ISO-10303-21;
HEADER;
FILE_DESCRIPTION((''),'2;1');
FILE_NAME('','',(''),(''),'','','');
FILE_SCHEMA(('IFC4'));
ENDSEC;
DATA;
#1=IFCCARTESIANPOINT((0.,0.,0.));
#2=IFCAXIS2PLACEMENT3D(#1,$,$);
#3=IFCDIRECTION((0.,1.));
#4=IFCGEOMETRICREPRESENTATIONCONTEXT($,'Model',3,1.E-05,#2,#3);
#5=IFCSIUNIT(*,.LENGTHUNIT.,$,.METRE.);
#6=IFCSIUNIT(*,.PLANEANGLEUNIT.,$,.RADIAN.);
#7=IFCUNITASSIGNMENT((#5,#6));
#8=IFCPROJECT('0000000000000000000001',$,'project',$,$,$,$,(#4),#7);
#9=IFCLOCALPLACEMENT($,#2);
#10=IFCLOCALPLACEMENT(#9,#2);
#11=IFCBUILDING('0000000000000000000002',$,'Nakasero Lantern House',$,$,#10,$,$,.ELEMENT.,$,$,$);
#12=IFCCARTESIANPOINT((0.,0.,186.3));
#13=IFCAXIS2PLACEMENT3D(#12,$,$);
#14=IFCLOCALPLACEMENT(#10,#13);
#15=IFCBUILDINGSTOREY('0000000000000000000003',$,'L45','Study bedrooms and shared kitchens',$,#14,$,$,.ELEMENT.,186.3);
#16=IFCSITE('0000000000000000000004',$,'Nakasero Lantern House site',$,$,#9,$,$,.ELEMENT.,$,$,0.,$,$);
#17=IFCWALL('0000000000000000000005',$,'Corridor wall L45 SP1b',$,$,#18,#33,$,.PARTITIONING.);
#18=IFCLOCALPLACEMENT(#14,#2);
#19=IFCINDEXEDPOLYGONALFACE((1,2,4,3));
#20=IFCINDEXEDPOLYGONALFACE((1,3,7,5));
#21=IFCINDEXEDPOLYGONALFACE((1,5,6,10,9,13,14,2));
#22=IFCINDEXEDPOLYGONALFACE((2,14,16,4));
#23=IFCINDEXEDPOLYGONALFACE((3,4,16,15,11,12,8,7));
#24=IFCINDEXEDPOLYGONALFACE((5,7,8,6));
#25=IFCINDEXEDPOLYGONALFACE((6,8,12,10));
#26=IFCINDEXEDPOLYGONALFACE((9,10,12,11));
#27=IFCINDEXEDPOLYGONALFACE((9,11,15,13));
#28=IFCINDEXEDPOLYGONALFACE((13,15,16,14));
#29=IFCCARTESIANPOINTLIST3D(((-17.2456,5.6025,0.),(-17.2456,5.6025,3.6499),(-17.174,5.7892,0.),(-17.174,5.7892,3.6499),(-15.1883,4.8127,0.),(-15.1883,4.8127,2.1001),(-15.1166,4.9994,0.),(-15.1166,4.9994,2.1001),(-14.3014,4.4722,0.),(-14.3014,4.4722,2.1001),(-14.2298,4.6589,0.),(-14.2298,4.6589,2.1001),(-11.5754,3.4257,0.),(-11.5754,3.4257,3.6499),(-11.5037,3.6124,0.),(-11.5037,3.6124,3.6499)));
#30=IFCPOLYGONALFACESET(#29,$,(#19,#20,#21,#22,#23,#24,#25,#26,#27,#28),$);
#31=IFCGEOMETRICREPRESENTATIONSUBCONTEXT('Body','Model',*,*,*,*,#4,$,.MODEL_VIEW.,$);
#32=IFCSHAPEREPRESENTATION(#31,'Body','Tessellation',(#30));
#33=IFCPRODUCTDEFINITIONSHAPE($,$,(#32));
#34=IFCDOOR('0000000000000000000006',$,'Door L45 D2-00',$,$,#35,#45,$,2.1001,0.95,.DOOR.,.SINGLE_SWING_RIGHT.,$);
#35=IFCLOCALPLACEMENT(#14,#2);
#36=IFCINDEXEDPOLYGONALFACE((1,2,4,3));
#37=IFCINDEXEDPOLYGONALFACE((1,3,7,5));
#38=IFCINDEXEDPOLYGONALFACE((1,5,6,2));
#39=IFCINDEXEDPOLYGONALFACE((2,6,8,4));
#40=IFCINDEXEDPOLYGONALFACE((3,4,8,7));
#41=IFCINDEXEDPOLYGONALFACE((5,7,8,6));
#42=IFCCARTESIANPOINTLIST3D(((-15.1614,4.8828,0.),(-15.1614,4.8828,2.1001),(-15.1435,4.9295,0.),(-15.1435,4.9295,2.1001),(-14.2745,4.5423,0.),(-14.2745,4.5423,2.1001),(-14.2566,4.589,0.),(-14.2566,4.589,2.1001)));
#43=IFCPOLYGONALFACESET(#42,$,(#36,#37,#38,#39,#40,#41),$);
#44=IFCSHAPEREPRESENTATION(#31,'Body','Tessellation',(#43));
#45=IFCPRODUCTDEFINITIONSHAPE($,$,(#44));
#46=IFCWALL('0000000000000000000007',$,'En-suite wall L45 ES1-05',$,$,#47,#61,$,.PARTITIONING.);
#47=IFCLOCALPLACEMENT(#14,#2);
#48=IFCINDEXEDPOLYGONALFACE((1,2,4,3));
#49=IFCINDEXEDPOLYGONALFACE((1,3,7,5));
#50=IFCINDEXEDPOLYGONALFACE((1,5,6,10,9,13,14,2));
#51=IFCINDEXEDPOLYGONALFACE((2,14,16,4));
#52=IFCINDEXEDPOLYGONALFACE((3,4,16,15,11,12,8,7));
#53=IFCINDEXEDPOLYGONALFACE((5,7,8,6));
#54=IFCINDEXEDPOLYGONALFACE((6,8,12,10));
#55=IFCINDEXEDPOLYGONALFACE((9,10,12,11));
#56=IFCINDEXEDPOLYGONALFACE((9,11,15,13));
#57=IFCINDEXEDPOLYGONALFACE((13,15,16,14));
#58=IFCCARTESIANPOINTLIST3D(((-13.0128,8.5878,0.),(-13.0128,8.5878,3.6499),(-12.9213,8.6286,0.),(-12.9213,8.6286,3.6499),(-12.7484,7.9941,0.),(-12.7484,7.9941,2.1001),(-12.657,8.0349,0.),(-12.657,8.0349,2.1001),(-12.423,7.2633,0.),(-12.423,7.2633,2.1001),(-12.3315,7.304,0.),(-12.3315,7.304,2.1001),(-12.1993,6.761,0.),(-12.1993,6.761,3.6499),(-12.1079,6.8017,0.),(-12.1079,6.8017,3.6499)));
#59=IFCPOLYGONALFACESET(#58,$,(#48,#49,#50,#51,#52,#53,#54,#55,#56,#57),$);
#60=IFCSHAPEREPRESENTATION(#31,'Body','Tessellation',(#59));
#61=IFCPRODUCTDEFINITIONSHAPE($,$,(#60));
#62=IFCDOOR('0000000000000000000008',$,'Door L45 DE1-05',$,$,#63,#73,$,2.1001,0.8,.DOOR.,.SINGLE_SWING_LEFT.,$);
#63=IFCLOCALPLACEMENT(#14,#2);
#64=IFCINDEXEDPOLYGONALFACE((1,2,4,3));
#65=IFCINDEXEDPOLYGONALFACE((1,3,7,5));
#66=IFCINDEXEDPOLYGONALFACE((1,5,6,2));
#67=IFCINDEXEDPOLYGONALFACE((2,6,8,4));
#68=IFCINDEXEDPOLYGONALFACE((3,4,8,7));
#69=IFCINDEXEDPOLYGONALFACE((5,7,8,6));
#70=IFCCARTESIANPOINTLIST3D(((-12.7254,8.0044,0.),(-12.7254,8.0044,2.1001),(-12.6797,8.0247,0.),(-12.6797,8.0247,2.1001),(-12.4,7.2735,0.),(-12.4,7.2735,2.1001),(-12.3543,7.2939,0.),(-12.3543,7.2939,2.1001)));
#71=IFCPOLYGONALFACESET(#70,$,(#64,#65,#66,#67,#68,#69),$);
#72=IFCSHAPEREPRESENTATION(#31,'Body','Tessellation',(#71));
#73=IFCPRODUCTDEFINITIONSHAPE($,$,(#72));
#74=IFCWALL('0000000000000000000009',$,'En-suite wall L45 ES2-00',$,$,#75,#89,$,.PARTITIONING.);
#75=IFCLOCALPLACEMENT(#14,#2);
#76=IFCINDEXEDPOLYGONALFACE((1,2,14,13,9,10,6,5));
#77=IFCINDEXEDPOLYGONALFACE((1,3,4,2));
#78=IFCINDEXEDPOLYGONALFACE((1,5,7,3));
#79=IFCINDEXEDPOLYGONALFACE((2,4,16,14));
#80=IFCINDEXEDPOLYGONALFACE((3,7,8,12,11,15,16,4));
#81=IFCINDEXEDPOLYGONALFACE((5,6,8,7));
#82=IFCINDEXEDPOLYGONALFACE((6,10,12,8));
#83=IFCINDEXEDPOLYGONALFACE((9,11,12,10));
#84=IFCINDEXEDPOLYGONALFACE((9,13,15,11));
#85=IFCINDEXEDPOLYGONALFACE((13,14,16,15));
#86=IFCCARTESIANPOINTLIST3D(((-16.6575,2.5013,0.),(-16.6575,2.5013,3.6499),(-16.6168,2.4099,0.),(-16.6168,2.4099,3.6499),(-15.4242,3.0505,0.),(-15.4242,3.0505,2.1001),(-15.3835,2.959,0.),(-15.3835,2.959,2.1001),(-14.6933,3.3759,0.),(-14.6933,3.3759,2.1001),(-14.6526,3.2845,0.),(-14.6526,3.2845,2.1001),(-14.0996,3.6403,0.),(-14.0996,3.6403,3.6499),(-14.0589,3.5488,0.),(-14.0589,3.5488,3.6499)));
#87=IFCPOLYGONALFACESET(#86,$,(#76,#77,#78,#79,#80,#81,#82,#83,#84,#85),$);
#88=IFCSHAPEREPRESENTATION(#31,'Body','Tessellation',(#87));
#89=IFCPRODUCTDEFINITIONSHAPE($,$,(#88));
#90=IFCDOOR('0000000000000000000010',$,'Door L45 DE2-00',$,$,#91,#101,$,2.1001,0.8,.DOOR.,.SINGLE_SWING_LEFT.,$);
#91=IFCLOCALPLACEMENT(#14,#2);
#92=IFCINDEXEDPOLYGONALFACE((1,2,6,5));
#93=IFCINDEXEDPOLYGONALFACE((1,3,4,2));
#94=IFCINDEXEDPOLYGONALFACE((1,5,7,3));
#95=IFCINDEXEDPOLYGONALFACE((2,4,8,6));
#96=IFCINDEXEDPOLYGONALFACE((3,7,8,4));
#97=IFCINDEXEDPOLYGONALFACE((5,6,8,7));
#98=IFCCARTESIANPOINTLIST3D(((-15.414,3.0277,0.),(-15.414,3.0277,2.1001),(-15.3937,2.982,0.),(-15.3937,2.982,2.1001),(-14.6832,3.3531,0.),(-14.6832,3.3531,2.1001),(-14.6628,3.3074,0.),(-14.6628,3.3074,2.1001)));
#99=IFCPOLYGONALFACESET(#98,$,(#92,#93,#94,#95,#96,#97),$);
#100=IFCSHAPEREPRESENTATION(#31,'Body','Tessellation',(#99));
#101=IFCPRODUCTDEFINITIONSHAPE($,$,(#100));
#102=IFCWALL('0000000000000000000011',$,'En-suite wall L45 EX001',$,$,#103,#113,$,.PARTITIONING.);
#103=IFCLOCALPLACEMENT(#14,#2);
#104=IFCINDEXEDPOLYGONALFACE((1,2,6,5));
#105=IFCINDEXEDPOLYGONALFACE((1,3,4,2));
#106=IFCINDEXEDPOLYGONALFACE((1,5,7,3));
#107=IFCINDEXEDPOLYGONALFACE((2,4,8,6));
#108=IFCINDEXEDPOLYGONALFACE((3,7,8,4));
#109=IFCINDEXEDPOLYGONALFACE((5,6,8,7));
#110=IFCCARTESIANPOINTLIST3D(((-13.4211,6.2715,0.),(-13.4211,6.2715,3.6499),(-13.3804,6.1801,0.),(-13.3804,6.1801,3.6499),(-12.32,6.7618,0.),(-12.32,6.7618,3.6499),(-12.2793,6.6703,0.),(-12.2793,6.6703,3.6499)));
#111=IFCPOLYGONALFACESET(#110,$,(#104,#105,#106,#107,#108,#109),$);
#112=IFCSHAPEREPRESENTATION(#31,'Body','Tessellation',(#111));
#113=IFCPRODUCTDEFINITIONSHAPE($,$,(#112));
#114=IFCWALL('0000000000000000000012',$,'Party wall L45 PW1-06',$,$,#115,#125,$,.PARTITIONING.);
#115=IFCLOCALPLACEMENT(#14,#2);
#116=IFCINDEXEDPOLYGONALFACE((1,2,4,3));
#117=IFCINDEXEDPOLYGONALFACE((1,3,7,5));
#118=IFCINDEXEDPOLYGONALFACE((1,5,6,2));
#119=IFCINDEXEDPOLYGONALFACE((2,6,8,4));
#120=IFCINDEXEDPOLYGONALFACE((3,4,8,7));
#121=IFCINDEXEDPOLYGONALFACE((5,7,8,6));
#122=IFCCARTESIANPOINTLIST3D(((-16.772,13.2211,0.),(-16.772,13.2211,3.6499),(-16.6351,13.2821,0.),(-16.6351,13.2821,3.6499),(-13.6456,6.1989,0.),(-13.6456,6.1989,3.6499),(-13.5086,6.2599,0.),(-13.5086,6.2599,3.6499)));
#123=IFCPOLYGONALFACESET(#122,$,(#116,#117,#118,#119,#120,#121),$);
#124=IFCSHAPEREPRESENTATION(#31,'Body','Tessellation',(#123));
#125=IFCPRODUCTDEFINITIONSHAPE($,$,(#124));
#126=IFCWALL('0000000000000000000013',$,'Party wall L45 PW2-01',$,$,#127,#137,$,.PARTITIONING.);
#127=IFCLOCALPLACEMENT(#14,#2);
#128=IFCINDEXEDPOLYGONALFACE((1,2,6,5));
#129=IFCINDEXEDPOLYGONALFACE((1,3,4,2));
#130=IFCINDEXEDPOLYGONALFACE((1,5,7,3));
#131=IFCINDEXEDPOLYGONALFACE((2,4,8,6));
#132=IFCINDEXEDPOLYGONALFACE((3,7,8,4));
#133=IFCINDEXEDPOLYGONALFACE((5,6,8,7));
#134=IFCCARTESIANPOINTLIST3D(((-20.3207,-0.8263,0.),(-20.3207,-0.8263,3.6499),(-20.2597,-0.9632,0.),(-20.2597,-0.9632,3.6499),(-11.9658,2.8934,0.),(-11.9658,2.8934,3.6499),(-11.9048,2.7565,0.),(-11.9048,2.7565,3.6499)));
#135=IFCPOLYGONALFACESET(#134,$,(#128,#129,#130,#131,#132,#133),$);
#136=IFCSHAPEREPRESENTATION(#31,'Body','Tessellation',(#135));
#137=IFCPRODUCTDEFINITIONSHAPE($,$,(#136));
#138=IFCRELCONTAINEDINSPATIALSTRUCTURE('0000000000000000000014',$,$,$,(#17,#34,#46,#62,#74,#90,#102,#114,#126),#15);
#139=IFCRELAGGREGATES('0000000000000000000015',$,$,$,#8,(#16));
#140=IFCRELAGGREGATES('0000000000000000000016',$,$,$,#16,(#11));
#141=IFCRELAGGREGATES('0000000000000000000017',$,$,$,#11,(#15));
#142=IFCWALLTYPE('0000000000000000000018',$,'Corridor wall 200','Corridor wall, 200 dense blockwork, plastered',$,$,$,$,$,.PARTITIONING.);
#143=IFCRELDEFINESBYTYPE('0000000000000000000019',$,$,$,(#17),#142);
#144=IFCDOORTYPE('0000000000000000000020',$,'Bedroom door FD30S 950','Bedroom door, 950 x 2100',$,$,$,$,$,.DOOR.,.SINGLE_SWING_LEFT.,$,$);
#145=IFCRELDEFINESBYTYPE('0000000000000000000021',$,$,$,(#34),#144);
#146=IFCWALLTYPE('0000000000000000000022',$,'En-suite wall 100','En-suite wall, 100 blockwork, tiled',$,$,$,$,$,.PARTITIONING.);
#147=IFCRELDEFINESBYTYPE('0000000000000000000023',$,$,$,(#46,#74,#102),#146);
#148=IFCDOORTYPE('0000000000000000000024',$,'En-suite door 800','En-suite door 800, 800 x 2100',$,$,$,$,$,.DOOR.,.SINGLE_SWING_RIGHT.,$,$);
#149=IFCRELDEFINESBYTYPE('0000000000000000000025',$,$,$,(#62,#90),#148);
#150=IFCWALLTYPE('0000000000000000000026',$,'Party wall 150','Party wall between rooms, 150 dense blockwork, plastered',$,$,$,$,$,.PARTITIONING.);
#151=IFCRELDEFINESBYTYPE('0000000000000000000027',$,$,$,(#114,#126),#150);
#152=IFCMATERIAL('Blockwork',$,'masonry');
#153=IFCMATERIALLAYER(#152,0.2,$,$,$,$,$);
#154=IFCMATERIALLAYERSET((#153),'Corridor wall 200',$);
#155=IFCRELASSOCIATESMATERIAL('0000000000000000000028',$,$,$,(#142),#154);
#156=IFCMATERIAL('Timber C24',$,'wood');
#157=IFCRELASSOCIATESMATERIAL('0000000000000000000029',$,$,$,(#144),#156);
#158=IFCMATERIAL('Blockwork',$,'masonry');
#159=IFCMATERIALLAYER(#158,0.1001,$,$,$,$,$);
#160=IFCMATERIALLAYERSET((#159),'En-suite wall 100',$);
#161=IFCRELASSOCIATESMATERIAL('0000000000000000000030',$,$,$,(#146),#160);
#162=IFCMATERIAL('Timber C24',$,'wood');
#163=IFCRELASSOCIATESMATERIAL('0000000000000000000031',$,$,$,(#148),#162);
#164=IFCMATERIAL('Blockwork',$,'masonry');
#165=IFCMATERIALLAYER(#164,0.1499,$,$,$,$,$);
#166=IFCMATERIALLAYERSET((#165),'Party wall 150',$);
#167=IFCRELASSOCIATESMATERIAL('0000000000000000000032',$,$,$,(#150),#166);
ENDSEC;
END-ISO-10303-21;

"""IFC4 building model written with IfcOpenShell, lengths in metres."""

from ifc_helpers import new_model, si_unit, direction, frame, frame_2d, origin, place, context, subcontext, project, spatial, rectangle, extrude, material, layer, layer_set, type_object, element, fill, save


model = new_model("IFC4")

# Units and contexts
model_context = context("Model", 3, precision=1e-05, world=origin(), true_north=direction((0.0, 1.0)))
body_context = subcontext(model_context, "Body", "Model", "MODEL_VIEW")
ifc_project = project(units=[si_unit("LENGTHUNIT", "METRE"), si_unit("PLANEANGLEUNIT", "RADIAN")], contexts=[model_context])

# Site, building, storey
site_placement = place(None, origin())
site = spatial("IfcSite", under=ifc_project, at=site_placement, Name="Nakasero Lantern House site", CompositionType="ELEMENT", RefElevation=0.0)
building_placement = place(site_placement, origin())
building = spatial("IfcBuilding", under=site, at=building_placement, Name="Nakasero Lantern House", CompositionType="ELEMENT")
storey_placement = place(building_placement, frame((0.0, 0.0, 186.3)))
storey = spatial("IfcBuildingStorey", under=building, at=storey_placement, Name="L45", Description="Study bedrooms and shared kitchens", CompositionType="ELEMENT", Elevation=186.3)

# Shared definitions
ifc_material_1 = material(Name="Blockwork", Category="masonry")
ifc_layer_1 = layer(ifc_material_1, 0.2)
ifc_layer_set_1 = layer_set([ifc_layer_1], Name="Corridor wall 200")
wall_type_1 = type_object("IfcWallType", Name="Corridor wall 200", Description="Corridor wall, 200 dense blockwork, plastered", PredefinedType="PARTITIONING", material=ifc_layer_set_1)

# Walls, openings, doors
ifc_material_2 = material(Name="Timber C24", Category="wood")
door_type_1 = type_object("IfcDoorType", Name="Bedroom door FD30S 950", Description="Bedroom door, 950 x 2100", OperationType="SINGLE_SWING_LEFT", PredefinedType="DOOR", material=ifc_material_2)
wall_1_placement = place(storey_placement, frame((-11.5396, 3.519, 0.0), z_axis=(0.0, 0.0, 1.0), x_axis=(-0.93357, 0.358394, 0.0)))
wall_1 = element("IfcWall", 1, at=wall_1_placement, inside=storey, type_object=wall_type_1, Name="Corridor wall L45 SP1b", PredefinedType="PARTITIONING", context=body_context, shape_type="SweptSolid", body=[
    extrude(rectangle(XDim=6.0737, YDim=0.2, at=frame_2d((3.0369, 0.0))), origin(), (0.0, 0.0, 1.0), 3.6499),
])
opening_1_placement = place(wall_1_placement, frame((2.9199, 0.0, 0.0)))
opening_1 = element("IfcOpeningElement", 2, at=opening_1_placement, cuts=wall_1, PredefinedType="OPENING", context=body_context, shape_type="SweptSolid", body=[
    extrude(rectangle(XDim=0.95, YDim=2.1001, at=frame_2d((0.4751, 1.05))), frame((0.0, 0.1199, 0.0), z_axis=(0.0, -1.0, 0.0), x_axis=(1.0, 0.0, 0.0)), (0.0, 0.0, 1.0), 0.24),
])
door_1_placement = place(opening_1_placement, origin())
door_1 = element("IfcDoor", 3, at=door_1_placement, inside=storey, type_object=door_type_1, Name="Door L45 D2-00", OperationType="SINGLE_SWING_RIGHT", OverallHeight=2.1001, OverallWidth=0.95, PredefinedType="DOOR", context=body_context, shape_type="SweptSolid", body=[
    extrude(rectangle(XDim=0.95, YDim=2.1001, at=frame_2d((0.4751, 1.05))), frame((0.0, 0.0249, 0.0), z_axis=(0.0, -1.0, 0.0), x_axis=(1.0, 0.0, 0.0)), (0.0, 0.0, 1.0), 0.05),
])
fill(opening_1, door_1)
ifc_material_3 = material(Name="Blockwork", Category="masonry")
ifc_layer_2 = layer(ifc_material_3, 0.1001)
ifc_layer_set_2 = layer_set([ifc_layer_2], Name="En-suite wall 100")
wall_type_2 = type_object("IfcWallType", Name="En-suite wall 100", Description="En-suite wall, 100 blockwork, tiled", PredefinedType="PARTITIONING", material=ifc_layer_set_2)
wall_2_placement = place(storey_placement, frame((-12.1536, 6.7812, 0.0), z_axis=(0.0, 0.0, 1.0), x_axis=(-0.406773, 0.913529, 0.0)))
wall_2 = element("IfcWall", 4, at=wall_2_placement, inside=storey, type_object=wall_type_2, Name="En-suite wall L45 ES1-05", PredefinedType="PARTITIONING", context=body_context, shape_type="SweptSolid", body=[
    extrude(rectangle(XDim=1.9998, YDim=0.1001, at=frame_2d((1.0, 0.0))), origin(), (0.0, 0.0, 1.0), 3.6499),
])
opening_2_placement = place(wall_2_placement, frame((0.55, 0.0, 0.0)))
opening_2 = element("IfcOpeningElement", 5, at=opening_2_placement, cuts=wall_2, PredefinedType="OPENING", context=body_context, shape_type="SweptSolid", body=[
    extrude(rectangle(XDim=0.8, YDim=2.1001, at=frame_2d((0.3999, 1.05))), frame((0.0, 0.0701, 0.0), z_axis=(0.0, -1.0, 0.0), x_axis=(1.0, 0.0, 0.0)), (0.0, 0.0, 1.0), 0.1401),
])
ifc_material_4 = material(Name="Timber C24", Category="wood")
door_type_2 = type_object("IfcDoorType", Name="En-suite door 800", Description="En-suite door 800, 800 x 2100", OperationType="SINGLE_SWING_RIGHT", PredefinedType="DOOR", material=ifc_material_4)
door_2_placement = place(opening_2_placement, origin())
door_2 = element("IfcDoor", 6, at=door_2_placement, inside=storey, type_object=door_type_2, Name="Door L45 DE1-05", OperationType="SINGLE_SWING_LEFT", OverallHeight=2.1001, OverallWidth=0.8, PredefinedType="DOOR", context=body_context, shape_type="SweptSolid", body=[
    extrude(rectangle(XDim=0.8, YDim=2.1001, at=frame_2d((0.3999, 1.05))), frame((0.0, 0.0249, 0.0), z_axis=(0.0, -1.0, 0.0), x_axis=(1.0, 0.0, 0.0)), (0.0, 0.0, 1.0), 0.05),
])
fill(opening_2, door_2)
wall_3_placement = place(storey_placement, frame((-14.0793, 3.5945, 0.0), z_axis=(0.0, 0.0, 1.0), x_axis=(-0.913534, -0.406761, 0.0)))
wall_3 = element("IfcWall", 7, at=wall_3_placement, inside=storey, type_object=wall_type_2, Name="En-suite wall L45 ES2-00", PredefinedType="PARTITIONING", context=body_context, shape_type="SweptSolid", body=[
    extrude(rectangle(XDim=2.8, YDim=0.1001, at=frame_2d((1.3999, 0.0))), origin(), (0.0, 0.0, 1.0), 3.6499),
])
opening_3_placement = place(wall_3_placement, frame((0.6499, 0.0, 0.0)))
opening_3 = element("IfcOpeningElement", 8, at=opening_3_placement, cuts=wall_3, PredefinedType="OPENING", context=body_context, shape_type="SweptSolid", body=[
    extrude(rectangle(XDim=0.8, YDim=2.1001, at=frame_2d((0.3999, 1.05))), frame((0.0, 0.0701, 0.0), z_axis=(0.0, -1.0, 0.0), x_axis=(1.0, 0.0, 0.0)), (0.0, 0.0, 1.0), 0.1401),
])
door_3_placement = place(opening_3_placement, origin())
door_3 = element("IfcDoor", 9, at=door_3_placement, inside=storey, type_object=door_type_2, Name="Door L45 DE2-00", OperationType="SINGLE_SWING_LEFT", OverallHeight=2.1001, OverallWidth=0.8, PredefinedType="DOOR", context=body_context, shape_type="SweptSolid", body=[
    extrude(rectangle(XDim=0.8, YDim=2.1001, at=frame_2d((0.3999, 1.05))), frame((0.0, 0.0249, 0.0), z_axis=(0.0, -1.0, 0.0), x_axis=(1.0, 0.0, 0.0)), (0.0, 0.0, 1.0), 0.05),
])
fill(opening_3, door_3)

# Walls
wall_4_placement = place(storey_placement, frame((-13.4006, 6.2258, 0.0), z_axis=(0.0, 0.0, 1.0), x_axis=(0.913544, 0.40674, 0.0)))
element("IfcWall", 10, at=wall_4_placement, inside=storey, type_object=wall_type_2, Name="En-suite wall L45 EX001", PredefinedType="PARTITIONING", context=body_context, shape_type="SweptSolid", body=[
    extrude(rectangle(XDim=1.2053, YDim=0.1001, at=frame_2d((0.6025, 0.0))), origin(), (0.0, 0.0, 1.0), 3.6499),
])
ifc_material_5 = material(Name="Blockwork", Category="masonry")
ifc_layer_3 = layer(ifc_material_5, 0.1499)
ifc_layer_set_3 = layer_set([ifc_layer_3], Name="Party wall 150")
wall_type_3 = type_object("IfcWallType", Name="Party wall 150", Description="Party wall between rooms, 150 dense blockwork, plastered", PredefinedType="PARTITIONING", material=ifc_layer_set_3)
wall_5_placement = place(storey_placement, frame((-13.5771, 6.2295, 0.0), z_axis=(0.0, 0.0, 1.0), x_axis=(-0.406734, 0.913547, 0.0)))
element("IfcWall", 11, at=wall_5_placement, inside=storey, type_object=wall_type_3, Name="Party wall L45 PW1-06", PredefinedType="PARTITIONING", context=body_context, shape_type="SweptSolid", body=[
    extrude(rectangle(XDim=7.6868, YDim=0.1499, at=frame_2d((3.8433, 0.0))), origin(), (0.0, 0.0, 1.0), 3.6499),
])
wall_6_placement = place(storey_placement, frame((-11.9353, 2.825, 0.0), z_axis=(0.0, 0.0, 1.0), x_axis=(-0.913552, -0.406723, 0.0)))
element("IfcWall", 12, at=wall_6_placement, inside=storey, type_object=wall_type_3, Name="Party wall L45 PW2-01", PredefinedType="PARTITIONING", context=body_context, shape_type="SweptSolid", body=[
    extrude(rectangle(XDim=9.1455, YDim=0.1499, at=frame_2d((4.5728, 0.0))), origin(), (0.0, 0.0, 1.0), 3.6499),
])

save(model, "model.ifc")
